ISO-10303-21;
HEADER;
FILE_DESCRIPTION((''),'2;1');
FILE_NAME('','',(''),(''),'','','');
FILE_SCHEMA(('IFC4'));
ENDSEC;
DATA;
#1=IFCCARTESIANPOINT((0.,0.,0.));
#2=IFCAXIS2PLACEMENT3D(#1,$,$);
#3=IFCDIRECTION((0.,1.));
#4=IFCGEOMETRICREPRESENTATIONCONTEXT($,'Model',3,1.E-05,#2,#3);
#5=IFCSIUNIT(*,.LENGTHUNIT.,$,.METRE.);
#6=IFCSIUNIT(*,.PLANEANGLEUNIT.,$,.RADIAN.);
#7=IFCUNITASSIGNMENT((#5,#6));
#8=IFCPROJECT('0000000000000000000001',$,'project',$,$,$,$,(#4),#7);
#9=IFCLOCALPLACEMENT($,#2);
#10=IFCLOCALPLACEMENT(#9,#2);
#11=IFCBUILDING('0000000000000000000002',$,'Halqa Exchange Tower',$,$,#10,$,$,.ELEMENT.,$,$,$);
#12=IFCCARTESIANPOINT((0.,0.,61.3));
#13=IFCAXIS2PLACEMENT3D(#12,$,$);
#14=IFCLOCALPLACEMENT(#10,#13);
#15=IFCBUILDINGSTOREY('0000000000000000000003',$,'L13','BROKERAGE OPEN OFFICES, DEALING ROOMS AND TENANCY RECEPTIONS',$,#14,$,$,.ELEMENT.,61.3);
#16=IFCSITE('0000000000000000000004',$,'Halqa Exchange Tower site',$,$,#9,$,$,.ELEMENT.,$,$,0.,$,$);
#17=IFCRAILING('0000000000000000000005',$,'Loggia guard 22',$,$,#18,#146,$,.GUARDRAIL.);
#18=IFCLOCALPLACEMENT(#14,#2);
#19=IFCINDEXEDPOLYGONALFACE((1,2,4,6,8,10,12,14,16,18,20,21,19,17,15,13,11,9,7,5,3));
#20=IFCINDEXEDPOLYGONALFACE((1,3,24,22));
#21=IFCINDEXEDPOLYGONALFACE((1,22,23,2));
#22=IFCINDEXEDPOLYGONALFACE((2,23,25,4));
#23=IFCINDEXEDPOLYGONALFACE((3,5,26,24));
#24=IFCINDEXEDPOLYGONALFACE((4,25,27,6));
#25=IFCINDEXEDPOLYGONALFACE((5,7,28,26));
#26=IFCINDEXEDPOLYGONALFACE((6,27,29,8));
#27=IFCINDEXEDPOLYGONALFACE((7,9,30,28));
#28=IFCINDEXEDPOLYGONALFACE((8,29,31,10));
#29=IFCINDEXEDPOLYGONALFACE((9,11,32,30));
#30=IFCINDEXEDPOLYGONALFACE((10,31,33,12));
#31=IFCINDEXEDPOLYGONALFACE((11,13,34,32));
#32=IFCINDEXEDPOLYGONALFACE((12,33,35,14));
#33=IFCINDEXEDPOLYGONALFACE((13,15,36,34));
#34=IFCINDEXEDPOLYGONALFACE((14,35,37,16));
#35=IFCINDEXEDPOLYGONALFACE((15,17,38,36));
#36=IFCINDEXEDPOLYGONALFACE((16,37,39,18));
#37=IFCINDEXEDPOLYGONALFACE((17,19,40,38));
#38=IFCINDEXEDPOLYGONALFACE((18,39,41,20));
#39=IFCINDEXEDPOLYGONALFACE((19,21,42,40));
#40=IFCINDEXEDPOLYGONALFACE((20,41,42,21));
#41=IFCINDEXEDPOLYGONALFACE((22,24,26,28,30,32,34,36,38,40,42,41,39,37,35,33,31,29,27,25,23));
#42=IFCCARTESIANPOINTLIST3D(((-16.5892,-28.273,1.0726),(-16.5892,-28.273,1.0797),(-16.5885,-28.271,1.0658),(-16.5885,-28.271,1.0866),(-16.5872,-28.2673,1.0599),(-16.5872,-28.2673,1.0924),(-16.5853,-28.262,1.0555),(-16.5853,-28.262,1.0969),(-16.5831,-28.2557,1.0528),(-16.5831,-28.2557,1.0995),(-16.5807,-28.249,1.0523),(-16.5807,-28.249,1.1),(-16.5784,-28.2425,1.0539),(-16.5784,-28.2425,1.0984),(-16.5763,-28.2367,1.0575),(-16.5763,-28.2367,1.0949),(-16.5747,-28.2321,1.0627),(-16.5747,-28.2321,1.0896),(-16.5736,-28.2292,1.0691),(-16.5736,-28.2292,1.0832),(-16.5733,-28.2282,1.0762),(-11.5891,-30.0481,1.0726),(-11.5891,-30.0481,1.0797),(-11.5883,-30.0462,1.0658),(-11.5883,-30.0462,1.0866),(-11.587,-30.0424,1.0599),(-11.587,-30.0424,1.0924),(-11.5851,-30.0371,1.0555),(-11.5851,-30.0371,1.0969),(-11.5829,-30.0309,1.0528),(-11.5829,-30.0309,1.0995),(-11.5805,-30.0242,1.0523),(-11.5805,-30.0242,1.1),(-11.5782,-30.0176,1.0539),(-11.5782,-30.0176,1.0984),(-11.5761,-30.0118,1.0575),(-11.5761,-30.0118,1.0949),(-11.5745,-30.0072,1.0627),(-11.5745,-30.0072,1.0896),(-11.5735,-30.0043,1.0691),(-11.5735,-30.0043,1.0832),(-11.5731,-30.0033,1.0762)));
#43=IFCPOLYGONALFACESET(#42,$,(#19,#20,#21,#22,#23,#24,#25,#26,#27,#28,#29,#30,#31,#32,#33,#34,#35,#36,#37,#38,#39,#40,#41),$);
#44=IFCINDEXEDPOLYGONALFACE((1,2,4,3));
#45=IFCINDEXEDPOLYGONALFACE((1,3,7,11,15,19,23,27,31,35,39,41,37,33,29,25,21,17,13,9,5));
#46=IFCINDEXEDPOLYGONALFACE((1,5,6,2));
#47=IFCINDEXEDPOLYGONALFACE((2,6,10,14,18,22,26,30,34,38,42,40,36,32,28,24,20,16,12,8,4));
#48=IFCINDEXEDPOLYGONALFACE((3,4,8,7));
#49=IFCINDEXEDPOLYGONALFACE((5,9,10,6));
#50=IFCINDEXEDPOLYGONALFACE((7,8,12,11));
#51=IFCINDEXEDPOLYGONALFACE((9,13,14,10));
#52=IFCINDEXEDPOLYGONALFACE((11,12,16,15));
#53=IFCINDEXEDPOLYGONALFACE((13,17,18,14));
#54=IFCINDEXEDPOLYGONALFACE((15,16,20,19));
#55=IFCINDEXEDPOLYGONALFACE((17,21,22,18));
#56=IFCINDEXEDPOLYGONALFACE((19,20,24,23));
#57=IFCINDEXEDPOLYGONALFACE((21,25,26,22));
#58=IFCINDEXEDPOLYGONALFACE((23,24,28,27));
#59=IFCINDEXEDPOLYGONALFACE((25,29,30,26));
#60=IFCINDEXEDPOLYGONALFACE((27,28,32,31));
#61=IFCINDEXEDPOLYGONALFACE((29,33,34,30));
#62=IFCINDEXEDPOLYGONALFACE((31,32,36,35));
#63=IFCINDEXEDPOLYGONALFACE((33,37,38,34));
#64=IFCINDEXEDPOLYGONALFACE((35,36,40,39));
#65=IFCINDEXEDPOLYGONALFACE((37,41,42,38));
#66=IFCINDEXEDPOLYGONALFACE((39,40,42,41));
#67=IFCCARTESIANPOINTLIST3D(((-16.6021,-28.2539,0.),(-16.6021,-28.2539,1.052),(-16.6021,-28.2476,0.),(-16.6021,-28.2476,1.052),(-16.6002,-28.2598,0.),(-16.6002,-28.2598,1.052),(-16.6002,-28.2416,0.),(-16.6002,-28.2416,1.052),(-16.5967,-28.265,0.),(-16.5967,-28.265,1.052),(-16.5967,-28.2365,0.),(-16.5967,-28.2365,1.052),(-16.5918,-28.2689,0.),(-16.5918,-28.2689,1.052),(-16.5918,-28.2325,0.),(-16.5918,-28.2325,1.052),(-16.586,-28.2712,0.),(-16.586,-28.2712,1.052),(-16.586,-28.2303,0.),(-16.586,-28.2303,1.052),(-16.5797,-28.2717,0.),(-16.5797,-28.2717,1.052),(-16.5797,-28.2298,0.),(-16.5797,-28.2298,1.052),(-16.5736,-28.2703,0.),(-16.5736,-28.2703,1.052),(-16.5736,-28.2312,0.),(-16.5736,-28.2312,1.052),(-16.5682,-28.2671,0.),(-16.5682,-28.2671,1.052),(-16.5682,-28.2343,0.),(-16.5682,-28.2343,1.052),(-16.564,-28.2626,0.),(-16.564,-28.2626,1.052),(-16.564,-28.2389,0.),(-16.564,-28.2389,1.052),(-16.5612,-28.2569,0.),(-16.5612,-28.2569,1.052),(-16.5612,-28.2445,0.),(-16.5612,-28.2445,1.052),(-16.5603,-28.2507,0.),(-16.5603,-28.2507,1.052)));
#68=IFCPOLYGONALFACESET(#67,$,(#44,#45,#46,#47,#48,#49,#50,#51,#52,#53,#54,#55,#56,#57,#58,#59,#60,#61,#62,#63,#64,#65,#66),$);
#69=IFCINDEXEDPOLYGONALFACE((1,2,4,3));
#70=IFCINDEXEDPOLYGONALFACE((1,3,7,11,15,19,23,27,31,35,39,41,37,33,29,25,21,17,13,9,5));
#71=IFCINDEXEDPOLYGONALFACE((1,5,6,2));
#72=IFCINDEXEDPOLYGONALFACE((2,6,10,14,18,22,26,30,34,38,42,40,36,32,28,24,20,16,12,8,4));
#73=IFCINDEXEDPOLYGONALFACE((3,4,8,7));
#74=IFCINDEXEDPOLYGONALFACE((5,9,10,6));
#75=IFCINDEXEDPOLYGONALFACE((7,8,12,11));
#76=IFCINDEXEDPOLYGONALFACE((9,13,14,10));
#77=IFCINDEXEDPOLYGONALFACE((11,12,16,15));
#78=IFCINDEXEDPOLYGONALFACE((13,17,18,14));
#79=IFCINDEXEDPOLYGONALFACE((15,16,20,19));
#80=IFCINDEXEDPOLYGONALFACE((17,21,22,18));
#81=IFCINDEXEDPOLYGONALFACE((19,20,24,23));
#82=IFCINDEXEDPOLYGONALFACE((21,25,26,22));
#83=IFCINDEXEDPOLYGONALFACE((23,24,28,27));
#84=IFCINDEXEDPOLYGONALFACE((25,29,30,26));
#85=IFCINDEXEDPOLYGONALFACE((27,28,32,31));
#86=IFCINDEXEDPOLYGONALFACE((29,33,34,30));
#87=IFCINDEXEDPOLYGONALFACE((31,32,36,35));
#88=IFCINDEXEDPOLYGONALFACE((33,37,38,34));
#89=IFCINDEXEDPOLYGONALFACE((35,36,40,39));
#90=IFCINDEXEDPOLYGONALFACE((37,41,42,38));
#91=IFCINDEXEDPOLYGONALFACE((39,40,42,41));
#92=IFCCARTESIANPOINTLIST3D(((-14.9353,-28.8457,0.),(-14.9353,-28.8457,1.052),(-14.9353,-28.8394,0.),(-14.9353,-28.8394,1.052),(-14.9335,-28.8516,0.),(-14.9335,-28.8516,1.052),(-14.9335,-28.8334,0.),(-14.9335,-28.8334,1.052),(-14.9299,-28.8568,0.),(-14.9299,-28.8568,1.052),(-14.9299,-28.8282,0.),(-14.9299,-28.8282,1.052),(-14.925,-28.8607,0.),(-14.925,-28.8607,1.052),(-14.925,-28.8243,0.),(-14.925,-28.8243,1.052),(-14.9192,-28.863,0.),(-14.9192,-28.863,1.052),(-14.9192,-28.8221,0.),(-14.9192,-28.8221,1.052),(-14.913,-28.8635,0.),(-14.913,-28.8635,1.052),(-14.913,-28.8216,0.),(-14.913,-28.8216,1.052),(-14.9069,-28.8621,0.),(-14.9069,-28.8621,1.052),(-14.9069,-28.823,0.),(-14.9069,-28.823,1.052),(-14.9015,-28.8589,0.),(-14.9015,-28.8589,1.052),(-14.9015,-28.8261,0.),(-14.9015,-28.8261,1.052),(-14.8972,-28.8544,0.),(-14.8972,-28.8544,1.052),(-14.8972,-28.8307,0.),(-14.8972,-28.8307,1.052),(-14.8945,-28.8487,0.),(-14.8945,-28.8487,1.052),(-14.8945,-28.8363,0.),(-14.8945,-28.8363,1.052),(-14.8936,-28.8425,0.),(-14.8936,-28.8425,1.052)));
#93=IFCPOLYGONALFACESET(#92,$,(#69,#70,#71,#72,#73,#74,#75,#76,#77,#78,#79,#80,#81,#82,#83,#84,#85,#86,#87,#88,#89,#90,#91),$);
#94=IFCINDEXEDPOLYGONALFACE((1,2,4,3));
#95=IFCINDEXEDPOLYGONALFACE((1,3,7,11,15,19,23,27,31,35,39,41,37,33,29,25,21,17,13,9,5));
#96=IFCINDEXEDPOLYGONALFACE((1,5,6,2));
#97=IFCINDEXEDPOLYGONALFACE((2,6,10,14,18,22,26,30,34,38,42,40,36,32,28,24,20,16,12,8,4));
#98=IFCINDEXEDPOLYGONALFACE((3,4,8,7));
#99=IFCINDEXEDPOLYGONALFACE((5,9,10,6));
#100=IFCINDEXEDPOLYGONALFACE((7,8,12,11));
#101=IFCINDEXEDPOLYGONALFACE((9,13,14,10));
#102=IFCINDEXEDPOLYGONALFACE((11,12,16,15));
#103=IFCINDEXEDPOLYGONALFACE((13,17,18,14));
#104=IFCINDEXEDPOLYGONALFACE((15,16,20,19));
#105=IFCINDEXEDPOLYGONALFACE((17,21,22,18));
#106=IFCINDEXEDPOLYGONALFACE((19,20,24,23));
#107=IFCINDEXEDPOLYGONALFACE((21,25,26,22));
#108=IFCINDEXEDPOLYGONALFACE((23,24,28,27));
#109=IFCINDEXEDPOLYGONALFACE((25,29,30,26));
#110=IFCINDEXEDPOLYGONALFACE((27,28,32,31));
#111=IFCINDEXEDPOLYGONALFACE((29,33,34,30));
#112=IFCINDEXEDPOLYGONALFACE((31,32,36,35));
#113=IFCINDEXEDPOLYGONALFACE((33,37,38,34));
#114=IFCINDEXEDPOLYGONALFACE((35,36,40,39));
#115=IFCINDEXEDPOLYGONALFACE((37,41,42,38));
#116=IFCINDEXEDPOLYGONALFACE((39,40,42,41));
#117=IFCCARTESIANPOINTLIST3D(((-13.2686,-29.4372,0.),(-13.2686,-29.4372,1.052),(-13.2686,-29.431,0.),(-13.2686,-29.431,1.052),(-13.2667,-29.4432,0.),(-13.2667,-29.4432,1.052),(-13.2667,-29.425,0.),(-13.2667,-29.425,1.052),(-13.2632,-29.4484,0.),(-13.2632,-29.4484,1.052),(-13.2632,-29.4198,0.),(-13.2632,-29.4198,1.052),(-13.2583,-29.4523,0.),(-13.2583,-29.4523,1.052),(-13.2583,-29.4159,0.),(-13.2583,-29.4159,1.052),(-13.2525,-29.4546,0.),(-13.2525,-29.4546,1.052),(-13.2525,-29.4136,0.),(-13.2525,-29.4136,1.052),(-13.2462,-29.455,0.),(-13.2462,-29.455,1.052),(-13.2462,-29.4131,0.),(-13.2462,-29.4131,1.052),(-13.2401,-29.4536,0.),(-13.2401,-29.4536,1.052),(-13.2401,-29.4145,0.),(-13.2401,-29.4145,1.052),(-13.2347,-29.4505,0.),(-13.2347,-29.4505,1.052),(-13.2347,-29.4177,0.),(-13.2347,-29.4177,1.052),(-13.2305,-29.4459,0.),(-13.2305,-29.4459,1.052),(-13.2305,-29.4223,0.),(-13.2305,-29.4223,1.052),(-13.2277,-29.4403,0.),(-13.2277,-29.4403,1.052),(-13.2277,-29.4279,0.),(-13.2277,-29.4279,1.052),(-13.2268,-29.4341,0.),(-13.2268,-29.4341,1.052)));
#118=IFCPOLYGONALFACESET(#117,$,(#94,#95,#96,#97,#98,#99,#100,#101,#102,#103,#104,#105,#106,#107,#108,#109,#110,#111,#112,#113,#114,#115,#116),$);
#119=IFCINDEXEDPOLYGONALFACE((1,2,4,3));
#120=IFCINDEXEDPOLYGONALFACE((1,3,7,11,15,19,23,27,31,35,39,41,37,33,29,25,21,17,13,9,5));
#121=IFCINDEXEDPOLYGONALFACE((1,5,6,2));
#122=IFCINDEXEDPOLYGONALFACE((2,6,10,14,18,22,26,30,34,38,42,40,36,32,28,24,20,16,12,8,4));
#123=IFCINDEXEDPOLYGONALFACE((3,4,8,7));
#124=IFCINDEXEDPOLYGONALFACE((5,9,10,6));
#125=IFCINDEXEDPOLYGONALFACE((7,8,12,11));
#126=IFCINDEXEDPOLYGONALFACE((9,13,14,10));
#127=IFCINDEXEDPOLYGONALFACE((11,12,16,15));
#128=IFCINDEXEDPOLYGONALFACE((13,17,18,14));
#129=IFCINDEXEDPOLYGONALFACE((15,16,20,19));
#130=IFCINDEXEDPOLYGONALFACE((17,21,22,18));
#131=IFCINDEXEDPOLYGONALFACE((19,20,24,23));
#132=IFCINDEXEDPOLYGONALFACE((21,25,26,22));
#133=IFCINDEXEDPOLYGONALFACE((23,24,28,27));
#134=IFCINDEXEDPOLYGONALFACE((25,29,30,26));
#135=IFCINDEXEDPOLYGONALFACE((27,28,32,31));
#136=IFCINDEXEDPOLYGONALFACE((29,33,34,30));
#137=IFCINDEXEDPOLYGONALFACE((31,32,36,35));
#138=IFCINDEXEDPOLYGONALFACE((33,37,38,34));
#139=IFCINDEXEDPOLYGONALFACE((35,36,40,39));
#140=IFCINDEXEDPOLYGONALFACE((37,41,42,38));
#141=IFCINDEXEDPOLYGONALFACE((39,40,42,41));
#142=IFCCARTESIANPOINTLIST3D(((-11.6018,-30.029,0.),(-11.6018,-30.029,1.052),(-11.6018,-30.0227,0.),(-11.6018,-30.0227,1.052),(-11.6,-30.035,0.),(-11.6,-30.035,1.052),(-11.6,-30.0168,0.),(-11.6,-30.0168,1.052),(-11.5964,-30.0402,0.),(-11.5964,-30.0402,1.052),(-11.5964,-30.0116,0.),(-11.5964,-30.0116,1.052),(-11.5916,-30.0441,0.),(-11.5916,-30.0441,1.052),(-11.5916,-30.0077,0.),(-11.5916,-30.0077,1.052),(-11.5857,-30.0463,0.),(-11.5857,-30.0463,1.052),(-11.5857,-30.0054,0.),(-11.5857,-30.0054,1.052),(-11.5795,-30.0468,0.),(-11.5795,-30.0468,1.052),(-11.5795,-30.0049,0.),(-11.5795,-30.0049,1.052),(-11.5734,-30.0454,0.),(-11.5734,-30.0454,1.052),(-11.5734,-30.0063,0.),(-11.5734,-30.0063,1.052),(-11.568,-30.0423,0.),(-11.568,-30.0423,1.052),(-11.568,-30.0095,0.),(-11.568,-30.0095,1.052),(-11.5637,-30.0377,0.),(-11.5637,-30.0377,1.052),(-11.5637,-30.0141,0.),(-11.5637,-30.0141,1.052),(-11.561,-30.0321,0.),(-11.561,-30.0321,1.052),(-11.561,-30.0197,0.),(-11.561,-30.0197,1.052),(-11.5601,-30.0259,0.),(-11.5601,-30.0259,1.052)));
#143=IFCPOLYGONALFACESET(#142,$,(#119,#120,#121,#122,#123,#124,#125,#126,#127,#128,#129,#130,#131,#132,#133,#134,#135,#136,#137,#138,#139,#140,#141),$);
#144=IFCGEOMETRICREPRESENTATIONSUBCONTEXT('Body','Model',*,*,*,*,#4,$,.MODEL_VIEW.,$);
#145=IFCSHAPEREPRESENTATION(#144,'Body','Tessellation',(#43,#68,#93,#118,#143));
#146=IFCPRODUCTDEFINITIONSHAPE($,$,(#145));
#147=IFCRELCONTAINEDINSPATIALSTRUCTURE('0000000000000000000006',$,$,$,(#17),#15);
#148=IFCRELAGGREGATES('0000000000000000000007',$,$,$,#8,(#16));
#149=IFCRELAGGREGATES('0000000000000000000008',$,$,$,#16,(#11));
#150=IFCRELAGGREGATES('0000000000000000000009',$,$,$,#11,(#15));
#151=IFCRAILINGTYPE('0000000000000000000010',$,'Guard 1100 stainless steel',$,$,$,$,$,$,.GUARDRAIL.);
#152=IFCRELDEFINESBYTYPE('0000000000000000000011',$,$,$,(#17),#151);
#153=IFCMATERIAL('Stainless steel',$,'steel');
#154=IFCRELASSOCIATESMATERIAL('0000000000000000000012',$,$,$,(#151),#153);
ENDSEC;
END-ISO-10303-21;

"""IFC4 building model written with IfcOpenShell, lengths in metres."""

from ifc_helpers import new_model, si_unit, direction, frame, origin, origin_2d, place, context, subcontext, project, spatial, circle, extrude, material, type_object, element, save


model = new_model("IFC4")

# Units and contexts
model_context = context("Model", 3, precision=1e-05, world=origin(), true_north=direction((0.0, 1.0)))
body_context = subcontext(model_context, "Body", "Model", "MODEL_VIEW")
ifc_project = project(units=[si_unit("LENGTHUNIT", "METRE"), si_unit("PLANEANGLEUNIT", "RADIAN")], contexts=[model_context])

# Site, building, storey
site_placement = place(None, origin())
site = spatial("IfcSite", under=ifc_project, at=site_placement, Name="Halqa Exchange Tower site", CompositionType="ELEMENT", RefElevation=0.0)
building_placement = place(site_placement, origin())
building = spatial("IfcBuilding", under=site, at=building_placement, Name="Halqa Exchange Tower", CompositionType="ELEMENT")
storey_placement = place(building_placement, frame((0.0, 0.0, 61.3)))
storey = spatial("IfcBuildingStorey", under=building, at=storey_placement, Name="L13", Description="BROKERAGE OPEN OFFICES, DEALING ROOMS AND TENANCY RECEPTIONS", CompositionType="ELEMENT", Elevation=61.3)

# Railing
ifc_material_1 = material(Name="Stainless steel", Category="steel")
railing_type = type_object("IfcRailingType", Name="Guard 1100 stainless steel", PredefinedType="GUARDRAIL", material=ifc_material_1)
railing_1_placement = place(storey_placement, frame((-16.5813, -28.2507, 0.0)))
element("IfcRailing", 1, at=railing_1_placement, inside=storey, type_object=railing_type, Name="Loggia guard 22", PredefinedType="GUARDRAIL", context=body_context, shape_type="SweptSolid", body=[
    extrude(circle(Radius=0.0239, at=origin_2d()), frame((0.0, 0.0, 1.0762), z_axis=(0.942376, -0.334555, 0.0), x_axis=(0.334555, 0.942376, 0.0)), (0.0, 0.0, 1.0), 5.3059),
    extrude(circle(Radius=0.021, at=origin_2d()), origin(), (0.0, 0.0, 1.0), 1.052),
    extrude(circle(Radius=0.021, at=origin_2d()), frame((1.6667, -0.5918, 0.0)), (0.0, 0.0, 1.0), 1.052),
    extrude(circle(Radius=0.021, at=origin_2d()), frame((3.3335, -1.1833, 0.0)), (0.0, 0.0, 1.0), 1.052),
    extrude(circle(Radius=0.021, at=origin_2d()), frame((5.0002, -1.7751, 0.0)), (0.0, 0.0, 1.0), 1.052),
])

save(model, "model.ifc")
